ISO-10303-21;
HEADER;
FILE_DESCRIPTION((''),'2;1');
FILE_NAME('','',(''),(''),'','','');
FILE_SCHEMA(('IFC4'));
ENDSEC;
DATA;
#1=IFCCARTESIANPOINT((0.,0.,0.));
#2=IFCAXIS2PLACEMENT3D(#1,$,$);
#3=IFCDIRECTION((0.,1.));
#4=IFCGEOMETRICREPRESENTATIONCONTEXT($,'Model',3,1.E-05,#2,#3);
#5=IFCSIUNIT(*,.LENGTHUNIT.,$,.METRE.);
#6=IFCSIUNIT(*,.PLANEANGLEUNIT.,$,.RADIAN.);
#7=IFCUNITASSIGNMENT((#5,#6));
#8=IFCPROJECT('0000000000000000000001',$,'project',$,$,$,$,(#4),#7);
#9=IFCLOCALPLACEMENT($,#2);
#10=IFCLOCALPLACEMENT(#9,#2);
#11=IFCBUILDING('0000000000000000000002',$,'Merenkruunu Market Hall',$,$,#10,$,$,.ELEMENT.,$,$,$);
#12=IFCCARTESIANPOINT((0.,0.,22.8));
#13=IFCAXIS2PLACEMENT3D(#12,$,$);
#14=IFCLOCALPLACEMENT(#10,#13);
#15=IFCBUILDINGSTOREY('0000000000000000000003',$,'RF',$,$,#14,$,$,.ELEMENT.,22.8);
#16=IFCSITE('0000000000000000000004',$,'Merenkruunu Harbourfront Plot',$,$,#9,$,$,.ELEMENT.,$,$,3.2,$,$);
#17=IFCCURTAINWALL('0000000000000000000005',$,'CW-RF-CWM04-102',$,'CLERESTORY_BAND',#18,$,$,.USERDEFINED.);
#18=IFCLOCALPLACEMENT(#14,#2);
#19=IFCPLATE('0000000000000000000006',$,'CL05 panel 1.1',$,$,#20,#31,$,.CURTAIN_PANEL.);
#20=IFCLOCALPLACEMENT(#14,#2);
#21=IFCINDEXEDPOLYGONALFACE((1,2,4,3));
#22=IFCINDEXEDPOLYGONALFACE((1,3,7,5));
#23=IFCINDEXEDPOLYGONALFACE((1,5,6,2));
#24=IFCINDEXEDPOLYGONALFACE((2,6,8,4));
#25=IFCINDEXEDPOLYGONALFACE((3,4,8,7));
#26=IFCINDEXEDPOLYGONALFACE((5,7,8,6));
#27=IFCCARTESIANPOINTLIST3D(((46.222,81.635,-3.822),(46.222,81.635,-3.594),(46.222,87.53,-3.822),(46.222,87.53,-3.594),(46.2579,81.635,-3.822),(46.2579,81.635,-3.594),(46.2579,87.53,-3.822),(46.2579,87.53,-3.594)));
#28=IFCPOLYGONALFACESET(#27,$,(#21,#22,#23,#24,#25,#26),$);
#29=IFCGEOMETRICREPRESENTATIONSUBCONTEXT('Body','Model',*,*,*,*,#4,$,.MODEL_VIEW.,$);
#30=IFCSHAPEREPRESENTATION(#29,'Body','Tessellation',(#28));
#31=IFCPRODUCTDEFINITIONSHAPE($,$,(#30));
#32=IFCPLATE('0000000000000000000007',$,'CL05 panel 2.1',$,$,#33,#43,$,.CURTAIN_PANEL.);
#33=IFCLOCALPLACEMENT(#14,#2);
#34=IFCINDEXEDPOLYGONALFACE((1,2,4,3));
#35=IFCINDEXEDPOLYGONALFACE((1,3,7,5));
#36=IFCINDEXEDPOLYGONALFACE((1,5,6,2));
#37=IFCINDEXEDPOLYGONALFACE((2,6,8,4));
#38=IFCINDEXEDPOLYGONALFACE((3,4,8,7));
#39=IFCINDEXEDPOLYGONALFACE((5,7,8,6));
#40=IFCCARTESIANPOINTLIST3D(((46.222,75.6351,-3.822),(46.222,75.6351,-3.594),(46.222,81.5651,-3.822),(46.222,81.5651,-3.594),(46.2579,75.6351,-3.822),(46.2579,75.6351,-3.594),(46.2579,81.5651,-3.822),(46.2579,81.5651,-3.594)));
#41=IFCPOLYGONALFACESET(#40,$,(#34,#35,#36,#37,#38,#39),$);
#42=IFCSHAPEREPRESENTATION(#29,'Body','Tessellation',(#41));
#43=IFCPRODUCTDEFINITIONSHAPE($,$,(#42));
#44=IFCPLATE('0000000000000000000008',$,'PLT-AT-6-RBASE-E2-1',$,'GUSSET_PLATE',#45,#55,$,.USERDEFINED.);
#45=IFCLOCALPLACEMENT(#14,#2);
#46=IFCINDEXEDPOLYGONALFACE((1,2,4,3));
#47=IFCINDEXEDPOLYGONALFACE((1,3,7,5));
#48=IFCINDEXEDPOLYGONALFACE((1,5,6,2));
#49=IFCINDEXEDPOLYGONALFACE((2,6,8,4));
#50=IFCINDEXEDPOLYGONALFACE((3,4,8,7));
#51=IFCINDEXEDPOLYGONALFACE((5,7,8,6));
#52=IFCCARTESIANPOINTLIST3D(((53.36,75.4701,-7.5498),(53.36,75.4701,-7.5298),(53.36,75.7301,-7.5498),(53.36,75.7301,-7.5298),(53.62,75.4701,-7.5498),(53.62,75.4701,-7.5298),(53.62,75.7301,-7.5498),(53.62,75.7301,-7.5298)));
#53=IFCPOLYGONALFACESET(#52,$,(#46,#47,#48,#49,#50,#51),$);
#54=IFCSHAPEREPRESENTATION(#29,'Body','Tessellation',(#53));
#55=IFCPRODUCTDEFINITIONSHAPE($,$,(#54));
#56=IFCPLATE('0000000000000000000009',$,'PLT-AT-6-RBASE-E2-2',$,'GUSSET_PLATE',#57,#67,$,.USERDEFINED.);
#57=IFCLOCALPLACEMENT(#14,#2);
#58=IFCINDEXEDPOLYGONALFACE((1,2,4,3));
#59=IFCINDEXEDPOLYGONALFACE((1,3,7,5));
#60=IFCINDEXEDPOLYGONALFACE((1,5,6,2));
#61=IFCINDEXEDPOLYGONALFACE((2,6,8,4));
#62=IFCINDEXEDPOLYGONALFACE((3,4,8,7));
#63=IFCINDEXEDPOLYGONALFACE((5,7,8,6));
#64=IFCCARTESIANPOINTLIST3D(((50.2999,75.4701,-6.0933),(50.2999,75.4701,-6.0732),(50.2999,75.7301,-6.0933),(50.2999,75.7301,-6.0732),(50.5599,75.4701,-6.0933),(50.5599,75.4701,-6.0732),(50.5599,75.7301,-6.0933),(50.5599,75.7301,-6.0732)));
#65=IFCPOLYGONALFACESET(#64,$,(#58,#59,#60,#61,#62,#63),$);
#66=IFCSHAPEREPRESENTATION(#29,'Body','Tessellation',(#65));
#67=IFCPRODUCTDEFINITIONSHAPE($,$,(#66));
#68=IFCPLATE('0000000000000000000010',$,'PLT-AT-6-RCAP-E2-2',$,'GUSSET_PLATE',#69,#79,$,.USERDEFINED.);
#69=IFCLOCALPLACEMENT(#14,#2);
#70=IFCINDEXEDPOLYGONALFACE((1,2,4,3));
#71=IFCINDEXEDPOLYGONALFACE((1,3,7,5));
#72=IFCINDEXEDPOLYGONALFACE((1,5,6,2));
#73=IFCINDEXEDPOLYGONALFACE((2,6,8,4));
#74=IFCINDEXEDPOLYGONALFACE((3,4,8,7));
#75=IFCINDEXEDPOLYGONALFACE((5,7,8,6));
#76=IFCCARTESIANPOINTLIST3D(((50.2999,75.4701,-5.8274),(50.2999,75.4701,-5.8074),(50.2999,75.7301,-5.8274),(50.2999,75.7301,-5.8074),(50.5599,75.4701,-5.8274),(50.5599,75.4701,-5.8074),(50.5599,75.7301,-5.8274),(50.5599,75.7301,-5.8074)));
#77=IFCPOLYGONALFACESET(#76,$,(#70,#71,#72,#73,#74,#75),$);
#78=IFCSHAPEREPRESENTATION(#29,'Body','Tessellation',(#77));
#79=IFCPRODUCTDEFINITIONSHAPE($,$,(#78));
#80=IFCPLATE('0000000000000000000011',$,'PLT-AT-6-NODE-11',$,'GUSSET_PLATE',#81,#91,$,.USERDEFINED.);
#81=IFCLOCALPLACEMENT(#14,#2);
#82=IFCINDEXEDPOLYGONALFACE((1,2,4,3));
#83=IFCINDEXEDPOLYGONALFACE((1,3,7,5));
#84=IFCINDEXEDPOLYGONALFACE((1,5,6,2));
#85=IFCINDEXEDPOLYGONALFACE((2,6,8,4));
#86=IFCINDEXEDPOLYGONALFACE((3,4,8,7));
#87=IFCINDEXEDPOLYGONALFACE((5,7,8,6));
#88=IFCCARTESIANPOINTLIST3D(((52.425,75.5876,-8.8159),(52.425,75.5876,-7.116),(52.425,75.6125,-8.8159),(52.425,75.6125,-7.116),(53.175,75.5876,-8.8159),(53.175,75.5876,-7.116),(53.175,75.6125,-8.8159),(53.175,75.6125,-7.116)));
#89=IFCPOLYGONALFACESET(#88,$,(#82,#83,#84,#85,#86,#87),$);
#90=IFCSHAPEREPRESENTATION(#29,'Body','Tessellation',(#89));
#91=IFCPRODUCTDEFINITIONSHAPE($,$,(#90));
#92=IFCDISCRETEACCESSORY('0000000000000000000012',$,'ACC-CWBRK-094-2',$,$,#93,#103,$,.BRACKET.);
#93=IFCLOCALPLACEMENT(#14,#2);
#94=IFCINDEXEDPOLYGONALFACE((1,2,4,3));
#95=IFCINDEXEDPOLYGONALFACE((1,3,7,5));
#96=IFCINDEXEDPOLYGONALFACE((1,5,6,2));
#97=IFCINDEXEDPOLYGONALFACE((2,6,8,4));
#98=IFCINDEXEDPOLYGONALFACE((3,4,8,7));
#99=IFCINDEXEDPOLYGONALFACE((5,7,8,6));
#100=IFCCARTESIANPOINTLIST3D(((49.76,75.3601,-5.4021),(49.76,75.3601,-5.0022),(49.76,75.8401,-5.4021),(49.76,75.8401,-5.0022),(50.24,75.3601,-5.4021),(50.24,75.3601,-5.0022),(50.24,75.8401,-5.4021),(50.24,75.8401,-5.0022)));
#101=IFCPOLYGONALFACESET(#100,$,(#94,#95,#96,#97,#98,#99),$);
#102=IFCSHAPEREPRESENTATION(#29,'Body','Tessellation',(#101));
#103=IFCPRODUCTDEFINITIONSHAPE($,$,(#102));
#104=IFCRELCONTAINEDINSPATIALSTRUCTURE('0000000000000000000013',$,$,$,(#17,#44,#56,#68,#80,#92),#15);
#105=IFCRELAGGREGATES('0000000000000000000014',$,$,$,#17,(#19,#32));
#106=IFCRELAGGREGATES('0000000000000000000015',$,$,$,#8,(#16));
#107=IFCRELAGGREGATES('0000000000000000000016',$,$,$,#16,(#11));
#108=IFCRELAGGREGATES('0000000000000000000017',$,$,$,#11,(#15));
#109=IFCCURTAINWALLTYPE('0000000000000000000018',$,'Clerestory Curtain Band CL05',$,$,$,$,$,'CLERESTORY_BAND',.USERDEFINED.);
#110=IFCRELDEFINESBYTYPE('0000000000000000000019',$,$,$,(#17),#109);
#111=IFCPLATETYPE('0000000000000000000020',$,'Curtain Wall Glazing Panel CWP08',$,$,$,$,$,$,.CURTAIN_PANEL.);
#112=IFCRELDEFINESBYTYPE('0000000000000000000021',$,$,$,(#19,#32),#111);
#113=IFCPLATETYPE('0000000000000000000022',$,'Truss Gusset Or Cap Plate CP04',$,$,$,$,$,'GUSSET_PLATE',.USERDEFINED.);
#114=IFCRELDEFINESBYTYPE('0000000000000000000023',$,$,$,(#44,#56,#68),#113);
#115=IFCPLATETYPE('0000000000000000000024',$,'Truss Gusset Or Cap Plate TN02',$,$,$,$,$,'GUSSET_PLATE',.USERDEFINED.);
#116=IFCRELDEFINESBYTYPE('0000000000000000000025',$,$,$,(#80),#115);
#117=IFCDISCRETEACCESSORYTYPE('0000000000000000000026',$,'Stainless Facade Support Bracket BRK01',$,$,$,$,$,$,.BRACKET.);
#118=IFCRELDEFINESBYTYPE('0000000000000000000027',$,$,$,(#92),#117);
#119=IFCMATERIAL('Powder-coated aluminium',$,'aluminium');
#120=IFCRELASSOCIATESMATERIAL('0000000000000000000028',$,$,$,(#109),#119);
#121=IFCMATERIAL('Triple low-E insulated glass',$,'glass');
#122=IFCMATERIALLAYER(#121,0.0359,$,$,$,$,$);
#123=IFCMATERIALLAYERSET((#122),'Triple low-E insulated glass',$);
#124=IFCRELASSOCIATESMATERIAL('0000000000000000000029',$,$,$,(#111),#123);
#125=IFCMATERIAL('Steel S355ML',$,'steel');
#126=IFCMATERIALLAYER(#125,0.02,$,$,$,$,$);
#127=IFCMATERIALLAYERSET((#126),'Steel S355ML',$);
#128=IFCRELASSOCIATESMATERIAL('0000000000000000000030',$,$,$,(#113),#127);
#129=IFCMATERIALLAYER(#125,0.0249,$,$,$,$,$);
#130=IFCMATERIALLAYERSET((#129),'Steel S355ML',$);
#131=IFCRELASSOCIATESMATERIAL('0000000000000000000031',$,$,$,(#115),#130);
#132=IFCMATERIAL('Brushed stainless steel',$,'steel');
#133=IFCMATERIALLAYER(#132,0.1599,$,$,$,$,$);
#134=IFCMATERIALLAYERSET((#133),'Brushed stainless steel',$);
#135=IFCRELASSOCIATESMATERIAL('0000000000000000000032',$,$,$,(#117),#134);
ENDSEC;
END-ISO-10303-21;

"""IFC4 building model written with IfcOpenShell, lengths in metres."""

from ifc_helpers import new_model, si_unit, direction, frame, origin, origin_2d, place, context, subcontext, project, spatial, rectangle, extrude, material, layer, layer_set, type_object, element, aggregate, save


model = new_model("IFC4")

# Units and contexts
model_context = context("Model", 3, precision=1e-05, world=origin(), true_north=direction((0.0, 1.0)))
body_context = subcontext(model_context, "Body", "Model", "MODEL_VIEW")
ifc_project = project(units=[si_unit("LENGTHUNIT", "METRE"), si_unit("PLANEANGLEUNIT", "RADIAN")], contexts=[model_context])

# Site, building, storey
site_placement = place(None, origin())
site = spatial("IfcSite", under=ifc_project, at=site_placement, Name="Merenkruunu Harbourfront Plot", CompositionType="ELEMENT", RefElevation=3.2)
building_placement = place(site_placement, origin())
building = spatial("IfcBuilding", under=site, at=building_placement, Name="Merenkruunu Market Hall", CompositionType="ELEMENT")
storey_placement = place(building_placement, frame((0.0, 0.0, 22.8)))
storey = spatial("IfcBuildingStorey", under=building, at=storey_placement, Name="RF", CompositionType="ELEMENT", Elevation=22.8)

# Shared definitions
ifc_material_1 = material(Name="Steel S355ML", Category="steel")

# Shared definitions
ifc_material_2 = material(Name="Powder-coated aluminium", Category="aluminium")
curtain_wall_type = type_object("IfcCurtainWallType", Name="Clerestory Curtain Band CL05", ElementType="CLERESTORY_BAND", PredefinedType="USERDEFINED", material=ifc_material_2)

# Curtain wall
curtain_wall_1_placement = place(storey_placement, origin())
curtain_wall_1 = element("IfcCurtainWall", 1, at=curtain_wall_1_placement, inside=storey, type_object=curtain_wall_type, Name="CW-RF-CWM04-102", ObjectType="CLERESTORY_BAND", PredefinedType="USERDEFINED")

# Plates
ifc_material_3 = material(Name="Triple low-E insulated glass", Category="glass")
ifc_layer_1 = layer(ifc_material_3, 0.0359)
ifc_layer_set_1 = layer_set([ifc_layer_1], Name="Triple low-E insulated glass")
plate_type_1 = type_object("IfcPlateType", Name="Curtain Wall Glazing Panel CWP08", PredefinedType="CURTAIN_PANEL", material=ifc_layer_set_1)
plate_1_placement = place(storey_placement, frame((46.24, 84.5825, -3.822), z_axis=(0.0, 0.0, 1.0), x_axis=(0.0, -1.0, 0.0)))
plate_1 = element("IfcPlate", 2, at=plate_1_placement, type_object=plate_type_1, Name="CL05 panel 1.1", PredefinedType="CURTAIN_PANEL", context=body_context, shape_type="SweptSolid", body=[
    extrude(rectangle(XDim=5.895, YDim=0.0359, at=origin_2d()), origin(), (0.0, 0.0, 1.0), 0.228),
])
plate_2_placement = place(storey_placement, frame((46.24, 78.6001, -3.822), z_axis=(0.0, 0.0, 1.0), x_axis=(0.0, -1.0, 0.0)))
plate_2 = element("IfcPlate", 3, at=plate_2_placement, type_object=plate_type_1, Name="CL05 panel 2.1", PredefinedType="CURTAIN_PANEL", context=body_context, shape_type="SweptSolid", body=[
    extrude(rectangle(XDim=5.9299, YDim=0.0359, at=origin_2d()), origin(), (0.0, 0.0, 1.0), 0.228),
])
aggregate(curtain_wall_1, [plate_1, plate_2])

# Plates
ifc_layer_2 = layer(ifc_material_1, 0.02)
ifc_layer_set_2 = layer_set([ifc_layer_2], Name="Steel S355ML")
plate_type_2 = type_object("IfcPlateType", Name="Truss Gusset Or Cap Plate CP04", ElementType="GUSSET_PLATE", PredefinedType="USERDEFINED", material=ifc_layer_set_2)
for number, where, z_axis, x_axis, name in (
    (4, (53.49, 75.6001, -7.5498), (0.0, 0.0, 1.0), (1.0, 0.0, 0.0), "PLT-AT-6-RBASE-E2-1"),
    (5, (50.4299, 75.6001, -6.0933), (0.0, 0.0, 1.0), (1.0, 0.0, 0.0), "PLT-AT-6-RBASE-E2-2"),
    (6, (50.4299, 75.6001, -5.8274), (0.0, 0.0, 1.0), (1.0, 0.0, 0.0), "PLT-AT-6-RCAP-E2-2"),
):
    element("IfcPlate", number, at=place(storey_placement, frame(where, z_axis=z_axis, x_axis=x_axis)), inside=storey, type_object=plate_type_2, Name=name, ObjectType="GUSSET_PLATE", PredefinedType="USERDEFINED", context=body_context, shape_type="SweptSolid", body=[
        extrude(rectangle(XDim=0.26, YDim=0.26, at=origin_2d()), origin(), (0.0, 0.0, 1.0), 0.02),
    ])
ifc_layer_3 = layer(ifc_material_1, 0.0249)
ifc_layer_set_3 = layer_set([ifc_layer_3], Name="Steel S355ML")
plate_type_3 = type_object("IfcPlateType", Name="Truss Gusset Or Cap Plate TN02", ElementType="GUSSET_PLATE", PredefinedType="USERDEFINED", material=ifc_layer_set_3)
plate_3_placement = place(storey_placement, frame((52.8, 75.6001, -8.8159), z_axis=(0.0, 0.0, 1.0), x_axis=(1.0, 0.0, 0.0)))
element("IfcPlate", 7, at=plate_3_placement, inside=storey, type_object=plate_type_3, Name="PLT-AT-6-NODE-11", ObjectType="GUSSET_PLATE", PredefinedType="USERDEFINED", context=body_context, shape_type="SweptSolid", body=[
    extrude(rectangle(XDim=0.75, YDim=0.0249, at=origin_2d()), origin(), (0.0, 0.0, 1.0), 1.7),
])

# Discrete accessory
ifc_material_4 = material(Name="Brushed stainless steel", Category="steel")
ifc_layer_4 = layer(ifc_material_4, 0.1599)
ifc_layer_set_4 = layer_set([ifc_layer_4], Name="Brushed stainless steel")
discrete_accessory_type = type_object("IfcDiscreteAccessoryType", Name="Stainless Facade Support Bracket BRK01", PredefinedType="BRACKET", material=ifc_layer_set_4)
discrete_accessory_placement = place(storey_placement, frame((50.0, 75.6001, -5.4021), z_axis=(0.0, 0.0, 1.0), x_axis=(1.0, 0.0, 0.0)))
element("IfcDiscreteAccessory", 8, at=discrete_accessory_placement, inside=storey, type_object=discrete_accessory_type, Name="ACC-CWBRK-094-2", PredefinedType="BRACKET", context=body_context, shape_type="SweptSolid", body=[
    extrude(rectangle(XDim=0.48, YDim=0.48, at=origin_2d()), origin(), (0.0, 0.0, 1.0), 0.3999),
])

save(model, "model.ifc")
